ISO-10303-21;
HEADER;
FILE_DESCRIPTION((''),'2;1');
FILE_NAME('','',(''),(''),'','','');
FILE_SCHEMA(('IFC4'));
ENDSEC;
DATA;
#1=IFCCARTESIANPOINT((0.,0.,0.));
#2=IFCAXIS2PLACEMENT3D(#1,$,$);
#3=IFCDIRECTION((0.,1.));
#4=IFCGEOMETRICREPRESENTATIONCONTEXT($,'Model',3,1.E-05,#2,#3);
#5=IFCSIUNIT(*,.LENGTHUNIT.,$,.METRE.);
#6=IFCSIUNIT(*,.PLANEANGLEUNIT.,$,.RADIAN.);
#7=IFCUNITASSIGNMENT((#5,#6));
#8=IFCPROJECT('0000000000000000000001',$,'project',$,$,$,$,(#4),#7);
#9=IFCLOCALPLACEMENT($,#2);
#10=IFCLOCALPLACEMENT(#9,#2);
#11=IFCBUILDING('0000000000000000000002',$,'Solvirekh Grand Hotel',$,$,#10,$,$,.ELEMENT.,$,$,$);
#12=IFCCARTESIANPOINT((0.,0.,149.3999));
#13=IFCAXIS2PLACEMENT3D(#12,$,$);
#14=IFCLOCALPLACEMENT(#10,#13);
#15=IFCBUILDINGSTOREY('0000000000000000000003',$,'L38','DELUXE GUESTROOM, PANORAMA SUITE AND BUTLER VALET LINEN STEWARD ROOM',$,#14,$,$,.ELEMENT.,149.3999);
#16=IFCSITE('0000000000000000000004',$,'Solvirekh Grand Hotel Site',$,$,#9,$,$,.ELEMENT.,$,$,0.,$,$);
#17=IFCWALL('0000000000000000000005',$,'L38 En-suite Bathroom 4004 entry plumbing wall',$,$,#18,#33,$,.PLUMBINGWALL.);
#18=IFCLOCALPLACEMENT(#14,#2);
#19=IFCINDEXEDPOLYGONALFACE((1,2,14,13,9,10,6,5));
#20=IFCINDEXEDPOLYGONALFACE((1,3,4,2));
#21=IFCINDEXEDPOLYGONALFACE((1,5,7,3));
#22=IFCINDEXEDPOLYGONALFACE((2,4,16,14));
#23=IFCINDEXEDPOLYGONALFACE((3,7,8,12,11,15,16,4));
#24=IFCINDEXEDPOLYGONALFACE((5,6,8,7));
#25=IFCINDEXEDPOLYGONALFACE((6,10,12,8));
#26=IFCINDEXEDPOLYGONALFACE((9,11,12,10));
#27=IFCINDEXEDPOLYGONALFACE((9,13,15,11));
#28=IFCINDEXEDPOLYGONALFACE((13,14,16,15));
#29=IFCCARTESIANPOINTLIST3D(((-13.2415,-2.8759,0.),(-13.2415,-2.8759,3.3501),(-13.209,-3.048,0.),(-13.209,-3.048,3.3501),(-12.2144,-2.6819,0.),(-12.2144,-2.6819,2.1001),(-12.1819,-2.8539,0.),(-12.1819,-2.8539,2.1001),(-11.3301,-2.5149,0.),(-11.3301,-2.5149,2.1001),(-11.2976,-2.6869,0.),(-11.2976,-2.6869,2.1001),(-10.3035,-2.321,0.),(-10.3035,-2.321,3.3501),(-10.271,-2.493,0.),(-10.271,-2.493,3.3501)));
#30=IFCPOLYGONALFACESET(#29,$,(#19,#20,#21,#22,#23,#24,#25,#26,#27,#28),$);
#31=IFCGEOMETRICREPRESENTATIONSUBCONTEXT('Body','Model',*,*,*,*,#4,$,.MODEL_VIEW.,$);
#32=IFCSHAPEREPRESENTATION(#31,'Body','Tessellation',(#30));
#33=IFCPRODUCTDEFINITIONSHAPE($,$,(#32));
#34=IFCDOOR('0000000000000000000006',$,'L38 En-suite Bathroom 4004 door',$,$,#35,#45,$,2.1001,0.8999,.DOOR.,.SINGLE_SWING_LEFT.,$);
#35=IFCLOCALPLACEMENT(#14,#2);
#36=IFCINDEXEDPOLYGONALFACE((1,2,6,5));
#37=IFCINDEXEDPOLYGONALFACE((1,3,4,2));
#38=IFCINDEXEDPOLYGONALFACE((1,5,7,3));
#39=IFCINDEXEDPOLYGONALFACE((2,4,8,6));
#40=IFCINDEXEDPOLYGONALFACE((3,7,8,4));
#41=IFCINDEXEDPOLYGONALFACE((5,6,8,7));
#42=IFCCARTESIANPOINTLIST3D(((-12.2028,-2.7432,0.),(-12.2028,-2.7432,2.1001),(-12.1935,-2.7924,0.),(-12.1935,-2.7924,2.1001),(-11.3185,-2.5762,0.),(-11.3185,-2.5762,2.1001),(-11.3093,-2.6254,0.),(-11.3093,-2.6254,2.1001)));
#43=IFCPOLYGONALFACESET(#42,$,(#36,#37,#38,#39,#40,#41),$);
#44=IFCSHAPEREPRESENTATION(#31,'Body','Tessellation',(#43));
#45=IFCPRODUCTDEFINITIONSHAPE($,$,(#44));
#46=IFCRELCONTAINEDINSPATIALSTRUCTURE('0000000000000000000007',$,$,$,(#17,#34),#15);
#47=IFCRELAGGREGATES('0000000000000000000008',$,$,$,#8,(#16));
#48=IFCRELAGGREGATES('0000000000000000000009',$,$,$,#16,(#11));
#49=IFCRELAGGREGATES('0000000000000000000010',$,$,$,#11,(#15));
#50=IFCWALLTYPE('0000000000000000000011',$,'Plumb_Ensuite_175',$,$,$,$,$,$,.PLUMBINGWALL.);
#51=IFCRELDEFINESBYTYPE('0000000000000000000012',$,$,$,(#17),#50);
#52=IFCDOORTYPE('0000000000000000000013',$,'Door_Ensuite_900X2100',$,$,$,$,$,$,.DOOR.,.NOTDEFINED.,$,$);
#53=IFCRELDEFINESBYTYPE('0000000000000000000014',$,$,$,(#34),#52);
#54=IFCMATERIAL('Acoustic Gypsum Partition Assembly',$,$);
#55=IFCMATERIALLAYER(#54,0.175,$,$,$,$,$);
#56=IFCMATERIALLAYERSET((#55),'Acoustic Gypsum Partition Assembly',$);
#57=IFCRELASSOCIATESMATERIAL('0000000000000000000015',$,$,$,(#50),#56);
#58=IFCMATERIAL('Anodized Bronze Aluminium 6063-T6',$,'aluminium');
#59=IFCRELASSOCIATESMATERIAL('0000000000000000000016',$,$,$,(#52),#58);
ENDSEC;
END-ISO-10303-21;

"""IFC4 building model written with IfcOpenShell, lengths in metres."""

from ifc_helpers import new_model, si_unit, direction, frame, frame_2d, origin, place, context, subcontext, project, spatial, rectangle, extrude, material, layer, layer_set, type_object, element, fill, save


model = new_model("IFC4")

# Units and contexts
model_context = context("Model", 3, precision=1e-05, world=origin(), true_north=direction((0.0, 1.0)))
body_context = subcontext(model_context, "Body", "Model", "MODEL_VIEW")
ifc_project = project(units=[si_unit("LENGTHUNIT", "METRE"), si_unit("PLANEANGLEUNIT", "RADIAN")], contexts=[model_context])

# Site, building, storey
site_placement = place(None, origin())
site = spatial("IfcSite", under=ifc_project, at=site_placement, Name="Solvirekh Grand Hotel Site", CompositionType="ELEMENT", RefElevation=0.0)
building_placement = place(site_placement, origin())
building = spatial("IfcBuilding", under=site, at=building_placement, Name="Solvirekh Grand Hotel", CompositionType="ELEMENT")
storey_placement = place(building_placement, frame((0.0, 0.0, 149.3999)))
storey = spatial("IfcBuildingStorey", under=building, at=storey_placement, Name="L38", Description="DELUXE GUESTROOM, PANORAMA SUITE AND BUTLER VALET LINEN STEWARD ROOM", CompositionType="ELEMENT", Elevation=149.3999)

# Shared definitions
ifc_material_1 = material(Name="Anodized Bronze Aluminium 6063-T6", Category="aluminium")

# Shared definitions
ifc_material_2 = material(Name="Acoustic Gypsum Partition Assembly")

# Shared definitions
ifc_layer_1 = layer(ifc_material_2, 0.175)
ifc_layer_set_1 = layer_set([ifc_layer_1], Name="Acoustic Gypsum Partition Assembly")
wall_type_1 = type_object("IfcWallType", Name="Plumb_Ensuite_175", PredefinedType="PLUMBINGWALL", material=ifc_layer_set_1)

# Wall, opening, door
wall_1_placement = place(storey_placement, frame((-10.2871, -2.407, 0.0), z_axis=(0.0, 0.0, 1.0), x_axis=(-0.982625, -0.1856, 0.0)))
wall_1 = element("IfcWall", 1, at=wall_1_placement, inside=storey, type_object=wall_type_1, Name="L38 En-suite Bathroom 4004 entry plumbing wall", PredefinedType="PLUMBINGWALL", context=body_context, shape_type="SweptSolid", body=[
    extrude(rectangle(XDim=2.99, YDim=0.175, at=frame_2d((1.4951, 0.0))), origin(), (0.0, 0.0, 1.0), 3.3501),
])
opening_1_placement = place(wall_1_placement, frame((1.0449, 0.0, 0.0)))
opening_1 = element("IfcOpeningElement", 2, at=opening_1_placement, cuts=wall_1, PredefinedType="OPENING", context=body_context, shape_type="SweptSolid", body=[
    extrude(rectangle(XDim=0.8999, YDim=2.1001, at=frame_2d((0.45, 1.05))), frame((0.0, 0.0977, 0.0), z_axis=(0.0, -1.0, 0.0), x_axis=(1.0, 0.0, 0.0)), (0.0, 0.0, 1.0), 0.1951),
])
door_type_1 = type_object("IfcDoorType", Name="Door_Ensuite_900X2100", OperationType="NOTDEFINED", PredefinedType="DOOR", material=ifc_material_1)
door_1_placement = place(opening_1_placement, origin())
door_1 = element("IfcDoor", 3, at=door_1_placement, inside=storey, type_object=door_type_1, Name="L38 En-suite Bathroom 4004 door", OperationType="SINGLE_SWING_LEFT", OverallHeight=2.1001, OverallWidth=0.8999, PredefinedType="DOOR", context=body_context, shape_type="SweptSolid", body=[
    extrude(rectangle(XDim=0.8999, YDim=2.1001, at=frame_2d((0.45, 1.05))), frame((0.0, 0.0249, 0.0), z_axis=(0.0, -1.0, 0.0), x_axis=(1.0, 0.0, 0.0)), (0.0, 0.0, 1.0), 0.05),
])
fill(opening_1, door_1)

save(model, "model.ifc")
